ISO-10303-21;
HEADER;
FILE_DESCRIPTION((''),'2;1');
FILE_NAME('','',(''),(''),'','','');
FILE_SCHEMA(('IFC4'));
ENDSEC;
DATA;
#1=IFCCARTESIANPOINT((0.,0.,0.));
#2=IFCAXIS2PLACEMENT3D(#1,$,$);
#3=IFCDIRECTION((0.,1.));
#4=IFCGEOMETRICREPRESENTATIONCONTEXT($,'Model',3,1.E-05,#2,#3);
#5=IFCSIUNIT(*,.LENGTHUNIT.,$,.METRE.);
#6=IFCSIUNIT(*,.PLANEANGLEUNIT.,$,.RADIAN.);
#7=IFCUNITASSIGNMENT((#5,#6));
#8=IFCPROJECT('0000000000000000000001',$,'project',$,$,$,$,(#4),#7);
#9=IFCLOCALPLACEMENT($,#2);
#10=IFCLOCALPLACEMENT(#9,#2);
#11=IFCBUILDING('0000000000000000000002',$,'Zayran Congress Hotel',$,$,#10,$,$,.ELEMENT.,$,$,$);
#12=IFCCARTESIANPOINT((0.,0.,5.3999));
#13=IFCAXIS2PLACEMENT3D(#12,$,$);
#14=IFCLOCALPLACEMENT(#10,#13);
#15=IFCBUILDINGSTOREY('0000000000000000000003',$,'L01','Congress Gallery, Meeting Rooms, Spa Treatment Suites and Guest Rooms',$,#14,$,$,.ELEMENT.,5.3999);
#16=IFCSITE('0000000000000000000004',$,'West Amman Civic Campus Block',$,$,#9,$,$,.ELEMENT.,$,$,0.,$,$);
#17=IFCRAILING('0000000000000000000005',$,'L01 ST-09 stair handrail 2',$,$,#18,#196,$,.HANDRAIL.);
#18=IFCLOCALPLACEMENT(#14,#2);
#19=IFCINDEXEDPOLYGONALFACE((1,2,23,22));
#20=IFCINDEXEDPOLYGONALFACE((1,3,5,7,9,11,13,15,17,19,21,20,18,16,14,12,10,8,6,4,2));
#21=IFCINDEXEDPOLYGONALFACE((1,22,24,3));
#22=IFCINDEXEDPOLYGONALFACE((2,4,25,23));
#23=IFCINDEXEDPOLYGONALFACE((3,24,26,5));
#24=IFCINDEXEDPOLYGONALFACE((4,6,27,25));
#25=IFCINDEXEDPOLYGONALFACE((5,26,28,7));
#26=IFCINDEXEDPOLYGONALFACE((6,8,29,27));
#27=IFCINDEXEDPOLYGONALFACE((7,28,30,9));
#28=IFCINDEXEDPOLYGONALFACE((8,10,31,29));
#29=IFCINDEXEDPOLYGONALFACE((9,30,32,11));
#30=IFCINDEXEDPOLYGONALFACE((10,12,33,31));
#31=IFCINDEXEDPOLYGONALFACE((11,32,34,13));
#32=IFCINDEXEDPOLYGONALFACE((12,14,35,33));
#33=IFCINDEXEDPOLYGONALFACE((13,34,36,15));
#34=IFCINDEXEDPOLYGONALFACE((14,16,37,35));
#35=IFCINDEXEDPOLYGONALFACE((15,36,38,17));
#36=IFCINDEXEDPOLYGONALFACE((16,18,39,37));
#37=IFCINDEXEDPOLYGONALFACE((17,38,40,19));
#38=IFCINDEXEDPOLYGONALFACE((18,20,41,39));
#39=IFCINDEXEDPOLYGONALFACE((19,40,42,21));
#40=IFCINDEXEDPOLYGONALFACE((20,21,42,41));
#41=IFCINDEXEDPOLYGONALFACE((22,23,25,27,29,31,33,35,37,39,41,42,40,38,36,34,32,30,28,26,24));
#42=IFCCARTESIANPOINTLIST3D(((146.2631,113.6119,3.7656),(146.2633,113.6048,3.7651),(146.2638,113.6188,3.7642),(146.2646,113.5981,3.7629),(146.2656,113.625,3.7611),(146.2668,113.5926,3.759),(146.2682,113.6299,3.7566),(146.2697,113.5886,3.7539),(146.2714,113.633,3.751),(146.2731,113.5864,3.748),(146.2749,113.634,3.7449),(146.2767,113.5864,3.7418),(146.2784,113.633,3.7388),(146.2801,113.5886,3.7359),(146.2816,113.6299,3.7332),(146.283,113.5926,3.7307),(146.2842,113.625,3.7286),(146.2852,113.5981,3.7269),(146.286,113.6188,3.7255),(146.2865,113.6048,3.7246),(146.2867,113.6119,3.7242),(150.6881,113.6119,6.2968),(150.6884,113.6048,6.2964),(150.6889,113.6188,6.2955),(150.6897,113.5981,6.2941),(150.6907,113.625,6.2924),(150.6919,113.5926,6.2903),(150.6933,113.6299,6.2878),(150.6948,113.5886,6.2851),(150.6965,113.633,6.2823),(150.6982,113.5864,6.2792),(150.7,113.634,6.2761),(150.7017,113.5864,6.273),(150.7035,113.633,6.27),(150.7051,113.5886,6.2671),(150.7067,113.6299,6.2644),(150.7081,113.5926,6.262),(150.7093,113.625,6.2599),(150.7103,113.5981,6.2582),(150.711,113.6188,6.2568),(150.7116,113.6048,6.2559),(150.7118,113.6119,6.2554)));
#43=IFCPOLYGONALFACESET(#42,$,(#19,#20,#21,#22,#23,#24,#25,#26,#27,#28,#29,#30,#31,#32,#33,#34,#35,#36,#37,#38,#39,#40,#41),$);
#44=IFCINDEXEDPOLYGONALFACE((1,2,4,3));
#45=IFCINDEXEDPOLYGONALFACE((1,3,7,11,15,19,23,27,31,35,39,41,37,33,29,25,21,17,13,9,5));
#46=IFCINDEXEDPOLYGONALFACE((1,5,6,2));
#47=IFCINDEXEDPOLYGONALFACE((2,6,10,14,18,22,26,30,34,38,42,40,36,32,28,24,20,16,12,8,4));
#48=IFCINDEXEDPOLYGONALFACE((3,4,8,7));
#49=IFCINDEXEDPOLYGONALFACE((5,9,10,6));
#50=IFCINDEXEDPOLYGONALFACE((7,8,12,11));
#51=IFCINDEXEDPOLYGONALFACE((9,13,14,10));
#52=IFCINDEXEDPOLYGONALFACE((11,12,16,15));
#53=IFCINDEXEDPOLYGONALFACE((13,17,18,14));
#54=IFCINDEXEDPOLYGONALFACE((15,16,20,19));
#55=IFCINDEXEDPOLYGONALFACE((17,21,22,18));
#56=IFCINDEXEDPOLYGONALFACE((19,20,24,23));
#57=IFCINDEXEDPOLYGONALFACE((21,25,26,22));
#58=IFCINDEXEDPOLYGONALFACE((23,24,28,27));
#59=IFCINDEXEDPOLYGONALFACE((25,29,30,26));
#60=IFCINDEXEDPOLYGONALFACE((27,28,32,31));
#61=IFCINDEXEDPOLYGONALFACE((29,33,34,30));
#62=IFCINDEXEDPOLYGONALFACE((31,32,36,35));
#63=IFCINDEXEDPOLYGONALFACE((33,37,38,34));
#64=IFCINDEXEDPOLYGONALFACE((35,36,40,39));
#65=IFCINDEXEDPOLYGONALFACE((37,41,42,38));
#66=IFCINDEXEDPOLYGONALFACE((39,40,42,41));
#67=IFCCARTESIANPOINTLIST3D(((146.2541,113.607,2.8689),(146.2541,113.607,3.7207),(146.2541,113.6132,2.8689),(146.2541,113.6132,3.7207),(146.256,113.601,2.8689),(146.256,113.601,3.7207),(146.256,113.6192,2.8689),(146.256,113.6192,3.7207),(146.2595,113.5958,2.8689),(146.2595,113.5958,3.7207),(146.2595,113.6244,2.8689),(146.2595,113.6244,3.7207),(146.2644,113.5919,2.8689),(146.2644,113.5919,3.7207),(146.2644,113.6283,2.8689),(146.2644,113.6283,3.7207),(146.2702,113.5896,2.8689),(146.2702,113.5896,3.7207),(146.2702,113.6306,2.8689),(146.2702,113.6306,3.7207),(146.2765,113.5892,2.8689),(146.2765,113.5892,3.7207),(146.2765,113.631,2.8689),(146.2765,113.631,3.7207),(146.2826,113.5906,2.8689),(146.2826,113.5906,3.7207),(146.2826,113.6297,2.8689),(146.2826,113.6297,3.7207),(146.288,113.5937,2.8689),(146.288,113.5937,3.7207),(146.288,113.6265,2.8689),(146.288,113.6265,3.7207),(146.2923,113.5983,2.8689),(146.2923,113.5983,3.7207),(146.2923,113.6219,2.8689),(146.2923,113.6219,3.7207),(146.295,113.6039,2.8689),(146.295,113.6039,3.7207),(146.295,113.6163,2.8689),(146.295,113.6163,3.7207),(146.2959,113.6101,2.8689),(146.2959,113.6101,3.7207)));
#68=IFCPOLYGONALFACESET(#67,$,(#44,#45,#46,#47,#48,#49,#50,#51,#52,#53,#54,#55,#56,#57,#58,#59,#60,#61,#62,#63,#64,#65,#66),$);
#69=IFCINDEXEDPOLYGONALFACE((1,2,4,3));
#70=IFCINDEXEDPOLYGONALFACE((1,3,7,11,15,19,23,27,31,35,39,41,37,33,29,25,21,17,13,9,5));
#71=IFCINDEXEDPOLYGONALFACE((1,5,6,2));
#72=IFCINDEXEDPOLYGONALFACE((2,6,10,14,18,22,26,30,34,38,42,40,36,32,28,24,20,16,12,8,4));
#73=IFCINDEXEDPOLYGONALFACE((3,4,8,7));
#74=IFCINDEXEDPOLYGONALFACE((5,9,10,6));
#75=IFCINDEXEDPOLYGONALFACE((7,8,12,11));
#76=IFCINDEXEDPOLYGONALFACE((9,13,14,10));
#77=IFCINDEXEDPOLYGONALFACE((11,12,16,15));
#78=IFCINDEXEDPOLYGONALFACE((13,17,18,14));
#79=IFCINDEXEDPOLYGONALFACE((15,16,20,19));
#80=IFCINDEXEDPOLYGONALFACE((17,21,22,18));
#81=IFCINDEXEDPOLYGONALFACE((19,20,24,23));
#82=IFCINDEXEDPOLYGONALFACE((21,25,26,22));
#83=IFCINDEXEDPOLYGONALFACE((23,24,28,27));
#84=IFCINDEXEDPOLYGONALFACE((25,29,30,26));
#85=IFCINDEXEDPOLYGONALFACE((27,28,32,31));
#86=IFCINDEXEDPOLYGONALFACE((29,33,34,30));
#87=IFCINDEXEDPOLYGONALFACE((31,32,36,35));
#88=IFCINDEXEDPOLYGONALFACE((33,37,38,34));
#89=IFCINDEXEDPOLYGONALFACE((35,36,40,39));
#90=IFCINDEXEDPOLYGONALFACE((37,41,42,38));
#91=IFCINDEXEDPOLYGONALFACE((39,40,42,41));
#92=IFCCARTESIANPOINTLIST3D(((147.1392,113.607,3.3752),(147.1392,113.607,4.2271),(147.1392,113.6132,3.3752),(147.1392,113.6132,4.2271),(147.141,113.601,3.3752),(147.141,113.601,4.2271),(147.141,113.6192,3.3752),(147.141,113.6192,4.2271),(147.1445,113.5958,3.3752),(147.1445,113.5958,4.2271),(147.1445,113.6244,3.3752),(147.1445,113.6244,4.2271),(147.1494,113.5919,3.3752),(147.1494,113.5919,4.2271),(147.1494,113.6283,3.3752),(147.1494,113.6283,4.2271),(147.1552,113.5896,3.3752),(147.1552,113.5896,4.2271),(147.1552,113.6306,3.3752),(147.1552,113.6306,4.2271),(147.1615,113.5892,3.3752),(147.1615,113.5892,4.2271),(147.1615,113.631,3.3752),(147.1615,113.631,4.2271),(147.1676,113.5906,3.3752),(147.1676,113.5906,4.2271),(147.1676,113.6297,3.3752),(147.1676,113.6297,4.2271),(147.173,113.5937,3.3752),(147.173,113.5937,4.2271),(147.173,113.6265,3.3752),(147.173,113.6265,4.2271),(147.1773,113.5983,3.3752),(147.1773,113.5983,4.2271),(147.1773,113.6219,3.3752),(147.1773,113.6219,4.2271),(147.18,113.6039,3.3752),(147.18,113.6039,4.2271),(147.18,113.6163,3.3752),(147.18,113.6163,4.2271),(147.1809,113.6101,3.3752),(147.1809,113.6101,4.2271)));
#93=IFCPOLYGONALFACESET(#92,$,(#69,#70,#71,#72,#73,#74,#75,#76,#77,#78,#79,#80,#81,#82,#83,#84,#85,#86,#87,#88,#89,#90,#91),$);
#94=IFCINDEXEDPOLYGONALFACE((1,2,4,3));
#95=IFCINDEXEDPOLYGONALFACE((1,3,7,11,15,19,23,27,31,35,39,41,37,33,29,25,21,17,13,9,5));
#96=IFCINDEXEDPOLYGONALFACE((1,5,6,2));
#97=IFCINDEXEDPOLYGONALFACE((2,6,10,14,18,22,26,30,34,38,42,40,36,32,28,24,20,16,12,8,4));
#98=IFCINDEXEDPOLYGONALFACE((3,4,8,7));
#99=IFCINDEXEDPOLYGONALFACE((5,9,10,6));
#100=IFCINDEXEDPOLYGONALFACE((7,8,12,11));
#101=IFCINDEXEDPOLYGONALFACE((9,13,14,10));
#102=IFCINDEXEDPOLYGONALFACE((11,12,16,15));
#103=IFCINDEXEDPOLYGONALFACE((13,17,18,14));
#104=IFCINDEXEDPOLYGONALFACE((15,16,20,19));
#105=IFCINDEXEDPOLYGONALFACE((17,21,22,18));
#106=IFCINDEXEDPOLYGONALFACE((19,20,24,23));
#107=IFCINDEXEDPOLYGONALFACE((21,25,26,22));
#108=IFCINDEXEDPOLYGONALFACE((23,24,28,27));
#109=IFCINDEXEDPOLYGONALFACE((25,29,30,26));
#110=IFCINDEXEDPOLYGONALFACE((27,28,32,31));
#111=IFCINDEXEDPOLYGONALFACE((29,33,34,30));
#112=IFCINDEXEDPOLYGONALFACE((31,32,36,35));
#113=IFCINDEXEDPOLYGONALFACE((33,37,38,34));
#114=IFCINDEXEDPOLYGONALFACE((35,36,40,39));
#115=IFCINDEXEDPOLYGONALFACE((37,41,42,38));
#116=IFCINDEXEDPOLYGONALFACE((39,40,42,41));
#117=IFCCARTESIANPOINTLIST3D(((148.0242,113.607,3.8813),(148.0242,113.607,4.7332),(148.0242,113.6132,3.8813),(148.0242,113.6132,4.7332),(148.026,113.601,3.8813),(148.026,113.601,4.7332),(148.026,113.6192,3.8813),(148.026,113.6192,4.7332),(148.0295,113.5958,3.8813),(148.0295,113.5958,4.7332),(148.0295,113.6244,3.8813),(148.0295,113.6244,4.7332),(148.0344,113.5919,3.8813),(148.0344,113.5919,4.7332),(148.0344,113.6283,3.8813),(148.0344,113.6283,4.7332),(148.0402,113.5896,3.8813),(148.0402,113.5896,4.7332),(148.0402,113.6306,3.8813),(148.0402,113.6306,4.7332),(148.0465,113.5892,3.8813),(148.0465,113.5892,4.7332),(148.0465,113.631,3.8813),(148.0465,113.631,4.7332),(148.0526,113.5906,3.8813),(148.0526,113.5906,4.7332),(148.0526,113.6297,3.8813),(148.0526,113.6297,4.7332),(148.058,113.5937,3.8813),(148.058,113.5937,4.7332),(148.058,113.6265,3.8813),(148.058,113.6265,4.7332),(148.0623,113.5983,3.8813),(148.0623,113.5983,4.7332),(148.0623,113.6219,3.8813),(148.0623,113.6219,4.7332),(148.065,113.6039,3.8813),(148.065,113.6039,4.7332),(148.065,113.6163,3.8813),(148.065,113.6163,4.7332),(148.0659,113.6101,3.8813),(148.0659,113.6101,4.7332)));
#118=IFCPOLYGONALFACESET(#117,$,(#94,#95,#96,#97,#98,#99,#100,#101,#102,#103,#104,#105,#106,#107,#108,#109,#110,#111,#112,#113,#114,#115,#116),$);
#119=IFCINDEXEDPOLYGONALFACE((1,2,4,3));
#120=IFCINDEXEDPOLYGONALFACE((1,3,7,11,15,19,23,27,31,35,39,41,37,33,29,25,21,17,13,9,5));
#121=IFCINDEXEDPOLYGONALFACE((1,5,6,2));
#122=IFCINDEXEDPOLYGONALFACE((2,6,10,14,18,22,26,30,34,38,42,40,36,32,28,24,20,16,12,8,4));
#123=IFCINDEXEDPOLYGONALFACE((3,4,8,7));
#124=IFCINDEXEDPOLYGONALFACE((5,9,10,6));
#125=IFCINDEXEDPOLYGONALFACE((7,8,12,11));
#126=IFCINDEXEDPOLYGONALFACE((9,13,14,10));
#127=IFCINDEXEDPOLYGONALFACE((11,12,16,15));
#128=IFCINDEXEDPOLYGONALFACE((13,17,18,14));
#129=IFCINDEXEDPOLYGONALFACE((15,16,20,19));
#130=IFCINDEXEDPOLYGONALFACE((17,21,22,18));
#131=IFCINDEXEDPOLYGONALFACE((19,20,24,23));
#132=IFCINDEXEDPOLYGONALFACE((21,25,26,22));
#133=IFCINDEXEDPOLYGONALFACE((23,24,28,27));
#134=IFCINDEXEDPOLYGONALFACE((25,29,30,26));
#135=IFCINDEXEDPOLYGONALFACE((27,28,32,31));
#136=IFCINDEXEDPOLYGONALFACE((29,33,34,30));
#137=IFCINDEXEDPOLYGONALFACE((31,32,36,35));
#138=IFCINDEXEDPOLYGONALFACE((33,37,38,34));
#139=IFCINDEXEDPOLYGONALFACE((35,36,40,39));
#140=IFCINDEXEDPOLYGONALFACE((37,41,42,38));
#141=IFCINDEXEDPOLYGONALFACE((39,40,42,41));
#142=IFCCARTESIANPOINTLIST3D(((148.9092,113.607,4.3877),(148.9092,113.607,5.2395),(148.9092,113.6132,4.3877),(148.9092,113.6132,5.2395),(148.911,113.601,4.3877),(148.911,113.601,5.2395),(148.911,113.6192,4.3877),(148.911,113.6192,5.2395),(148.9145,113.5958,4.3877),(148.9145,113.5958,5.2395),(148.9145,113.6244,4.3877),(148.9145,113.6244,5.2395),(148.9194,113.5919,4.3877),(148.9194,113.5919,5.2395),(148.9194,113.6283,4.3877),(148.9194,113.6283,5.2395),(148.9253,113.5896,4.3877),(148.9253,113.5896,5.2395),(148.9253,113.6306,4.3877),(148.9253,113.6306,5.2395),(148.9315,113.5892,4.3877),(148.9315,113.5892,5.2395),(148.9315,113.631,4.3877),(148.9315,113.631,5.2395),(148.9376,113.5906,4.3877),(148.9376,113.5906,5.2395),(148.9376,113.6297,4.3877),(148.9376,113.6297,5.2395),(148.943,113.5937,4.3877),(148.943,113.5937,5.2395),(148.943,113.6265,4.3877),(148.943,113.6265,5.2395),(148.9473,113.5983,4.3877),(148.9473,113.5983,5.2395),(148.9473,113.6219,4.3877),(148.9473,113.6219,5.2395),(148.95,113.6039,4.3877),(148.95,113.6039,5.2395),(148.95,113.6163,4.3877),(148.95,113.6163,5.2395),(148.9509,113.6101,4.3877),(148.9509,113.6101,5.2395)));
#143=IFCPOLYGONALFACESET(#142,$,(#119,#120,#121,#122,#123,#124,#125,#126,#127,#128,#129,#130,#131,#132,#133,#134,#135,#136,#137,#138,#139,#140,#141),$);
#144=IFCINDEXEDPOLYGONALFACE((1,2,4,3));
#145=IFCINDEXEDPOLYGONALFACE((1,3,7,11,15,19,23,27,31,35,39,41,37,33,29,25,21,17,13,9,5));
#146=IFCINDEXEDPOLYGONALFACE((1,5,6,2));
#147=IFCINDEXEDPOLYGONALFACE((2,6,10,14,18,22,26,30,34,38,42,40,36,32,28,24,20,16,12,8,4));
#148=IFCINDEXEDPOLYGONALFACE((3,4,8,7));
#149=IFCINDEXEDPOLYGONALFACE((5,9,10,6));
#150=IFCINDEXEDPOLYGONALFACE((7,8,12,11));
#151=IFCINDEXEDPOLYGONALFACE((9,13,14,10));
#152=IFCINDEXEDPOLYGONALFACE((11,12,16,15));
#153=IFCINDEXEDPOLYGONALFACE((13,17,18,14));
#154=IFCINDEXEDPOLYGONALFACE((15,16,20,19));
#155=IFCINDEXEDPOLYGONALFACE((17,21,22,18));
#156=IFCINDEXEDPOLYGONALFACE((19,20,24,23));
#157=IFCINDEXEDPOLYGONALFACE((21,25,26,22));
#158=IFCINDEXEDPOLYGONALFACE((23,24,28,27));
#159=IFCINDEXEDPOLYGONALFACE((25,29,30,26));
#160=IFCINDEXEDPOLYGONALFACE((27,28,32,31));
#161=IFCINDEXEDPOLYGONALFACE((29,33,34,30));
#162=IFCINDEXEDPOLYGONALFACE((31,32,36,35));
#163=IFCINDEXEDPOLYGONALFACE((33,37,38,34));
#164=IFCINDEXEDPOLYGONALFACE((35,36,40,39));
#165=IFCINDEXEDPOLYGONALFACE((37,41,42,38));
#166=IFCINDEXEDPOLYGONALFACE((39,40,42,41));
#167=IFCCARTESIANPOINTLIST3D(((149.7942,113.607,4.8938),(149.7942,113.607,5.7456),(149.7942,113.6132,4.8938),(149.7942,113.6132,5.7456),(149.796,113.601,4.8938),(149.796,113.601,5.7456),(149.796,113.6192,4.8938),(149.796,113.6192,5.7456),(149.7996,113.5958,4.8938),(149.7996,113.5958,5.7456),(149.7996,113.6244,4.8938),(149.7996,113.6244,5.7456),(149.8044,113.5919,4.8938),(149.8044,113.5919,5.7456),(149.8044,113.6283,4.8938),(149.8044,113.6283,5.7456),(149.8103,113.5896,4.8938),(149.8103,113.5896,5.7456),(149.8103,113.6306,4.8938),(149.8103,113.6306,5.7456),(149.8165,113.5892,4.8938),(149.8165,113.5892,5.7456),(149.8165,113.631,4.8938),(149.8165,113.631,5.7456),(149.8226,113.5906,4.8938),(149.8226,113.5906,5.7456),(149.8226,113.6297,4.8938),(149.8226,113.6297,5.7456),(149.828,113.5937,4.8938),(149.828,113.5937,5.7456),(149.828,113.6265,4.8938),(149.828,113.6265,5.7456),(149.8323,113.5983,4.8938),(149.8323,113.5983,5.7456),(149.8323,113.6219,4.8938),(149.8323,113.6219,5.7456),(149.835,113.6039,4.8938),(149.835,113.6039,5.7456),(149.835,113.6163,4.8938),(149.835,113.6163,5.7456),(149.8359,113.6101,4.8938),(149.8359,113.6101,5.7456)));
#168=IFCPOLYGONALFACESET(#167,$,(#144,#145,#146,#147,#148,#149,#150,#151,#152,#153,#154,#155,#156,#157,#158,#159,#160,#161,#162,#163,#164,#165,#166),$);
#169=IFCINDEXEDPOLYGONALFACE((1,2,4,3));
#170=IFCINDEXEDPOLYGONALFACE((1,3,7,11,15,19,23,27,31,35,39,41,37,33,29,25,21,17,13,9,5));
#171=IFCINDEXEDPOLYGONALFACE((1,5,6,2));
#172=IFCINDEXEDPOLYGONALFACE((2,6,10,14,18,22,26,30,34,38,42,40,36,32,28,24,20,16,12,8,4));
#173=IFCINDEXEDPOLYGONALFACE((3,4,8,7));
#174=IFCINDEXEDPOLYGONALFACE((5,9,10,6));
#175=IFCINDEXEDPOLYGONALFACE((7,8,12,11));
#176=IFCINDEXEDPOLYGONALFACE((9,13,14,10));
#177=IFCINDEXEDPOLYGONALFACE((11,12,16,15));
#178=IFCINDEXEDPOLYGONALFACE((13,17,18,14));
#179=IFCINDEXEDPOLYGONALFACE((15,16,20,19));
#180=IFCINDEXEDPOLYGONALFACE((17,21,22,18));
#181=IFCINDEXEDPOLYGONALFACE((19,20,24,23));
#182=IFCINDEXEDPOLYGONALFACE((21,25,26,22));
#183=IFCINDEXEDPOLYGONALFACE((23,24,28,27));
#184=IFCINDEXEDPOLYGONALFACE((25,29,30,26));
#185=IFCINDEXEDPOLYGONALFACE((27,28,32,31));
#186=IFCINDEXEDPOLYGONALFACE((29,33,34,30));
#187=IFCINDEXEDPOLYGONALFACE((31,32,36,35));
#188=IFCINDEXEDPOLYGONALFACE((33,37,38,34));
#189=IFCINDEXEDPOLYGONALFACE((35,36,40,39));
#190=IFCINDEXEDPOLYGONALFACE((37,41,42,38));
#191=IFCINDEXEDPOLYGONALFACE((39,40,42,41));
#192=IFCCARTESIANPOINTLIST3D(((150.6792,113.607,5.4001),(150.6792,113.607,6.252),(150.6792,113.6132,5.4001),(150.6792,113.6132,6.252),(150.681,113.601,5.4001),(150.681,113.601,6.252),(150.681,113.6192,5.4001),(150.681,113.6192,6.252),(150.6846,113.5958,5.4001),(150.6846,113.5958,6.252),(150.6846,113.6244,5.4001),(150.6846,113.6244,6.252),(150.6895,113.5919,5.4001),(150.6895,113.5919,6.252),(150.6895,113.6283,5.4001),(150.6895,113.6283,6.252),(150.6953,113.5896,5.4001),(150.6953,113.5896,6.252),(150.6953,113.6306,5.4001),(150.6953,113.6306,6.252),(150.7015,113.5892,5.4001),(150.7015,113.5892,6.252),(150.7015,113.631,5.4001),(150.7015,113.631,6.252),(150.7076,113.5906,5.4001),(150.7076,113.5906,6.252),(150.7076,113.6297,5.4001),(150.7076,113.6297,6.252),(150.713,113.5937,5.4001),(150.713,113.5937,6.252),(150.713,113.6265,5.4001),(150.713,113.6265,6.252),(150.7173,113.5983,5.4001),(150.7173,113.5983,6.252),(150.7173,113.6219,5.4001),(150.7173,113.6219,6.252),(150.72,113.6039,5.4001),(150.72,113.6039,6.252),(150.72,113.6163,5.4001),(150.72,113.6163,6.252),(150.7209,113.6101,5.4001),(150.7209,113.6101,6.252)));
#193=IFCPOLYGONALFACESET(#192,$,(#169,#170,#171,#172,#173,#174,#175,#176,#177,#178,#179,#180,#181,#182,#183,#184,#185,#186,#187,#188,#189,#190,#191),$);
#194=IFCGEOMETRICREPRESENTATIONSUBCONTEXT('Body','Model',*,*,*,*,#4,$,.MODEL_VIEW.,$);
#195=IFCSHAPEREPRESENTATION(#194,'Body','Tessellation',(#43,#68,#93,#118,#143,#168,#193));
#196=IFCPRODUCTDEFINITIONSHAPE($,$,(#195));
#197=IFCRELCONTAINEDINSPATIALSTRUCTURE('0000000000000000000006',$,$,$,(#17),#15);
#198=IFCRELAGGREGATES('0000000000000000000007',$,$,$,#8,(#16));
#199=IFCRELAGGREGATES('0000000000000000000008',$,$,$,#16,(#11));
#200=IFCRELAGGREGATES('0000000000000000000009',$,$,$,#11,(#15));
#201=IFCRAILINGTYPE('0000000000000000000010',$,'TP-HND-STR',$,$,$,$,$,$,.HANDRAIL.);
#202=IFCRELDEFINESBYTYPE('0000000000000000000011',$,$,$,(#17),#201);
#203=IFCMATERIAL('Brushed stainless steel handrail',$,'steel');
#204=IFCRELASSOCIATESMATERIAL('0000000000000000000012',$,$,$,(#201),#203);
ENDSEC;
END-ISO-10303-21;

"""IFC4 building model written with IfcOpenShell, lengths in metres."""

from ifc_helpers import new_model, si_unit, direction, frame, origin, origin_2d, place, context, subcontext, project, spatial, circle, extrude, material, type_object, element, save


model = new_model("IFC4")

# Units and contexts
model_context = context("Model", 3, precision=1e-05, world=origin(), true_north=direction((0.0, 1.0)))
body_context = subcontext(model_context, "Body", "Model", "MODEL_VIEW")
ifc_project = project(units=[si_unit("LENGTHUNIT", "METRE"), si_unit("PLANEANGLEUNIT", "RADIAN")], contexts=[model_context])

# Site, building, storey
site_placement = place(None, origin())
site = spatial("IfcSite", under=ifc_project, at=site_placement, Name="West Amman Civic Campus Block", CompositionType="ELEMENT", RefElevation=0.0)
building_placement = place(site_placement, origin())
building = spatial("IfcBuilding", under=site, at=building_placement, Name="Zayran Congress Hotel", CompositionType="ELEMENT")
storey_placement = place(building_placement, frame((0.0, 0.0, 5.3999)))
storey = spatial("IfcBuildingStorey", under=building, at=storey_placement, Name="L01", Description="Congress Gallery, Meeting Rooms, Spa Treatment Suites and Guest Rooms", CompositionType="ELEMENT", Elevation=5.3999)

# Railing
ifc_material_1 = material(Name="Brushed stainless steel handrail", Category="steel")
railing_type_1 = type_object("IfcRailingType", Name="TP-HND-STR", PredefinedType="HANDRAIL", material=ifc_material_1)
railing_1_placement = place(storey_placement, frame((146.2749, 113.6101, 2.8689)))
element("IfcRailing", 1, at=railing_1_placement, inside=storey, type_object=railing_type_1, Name="L01 ST-09 stair handrail 2", PredefinedType="HANDRAIL", context=body_context, shape_type="SweptSolid", body=[
    extrude(circle(Radius=0.0239, at=origin_2d()), frame((0.0, 0.0, 0.876), z_axis=(0.868019, 0.0, 0.496531), x_axis=(0.0, 1.0, 0.0)), (0.0, 0.0, 1.0), 5.0979),
    extrude(circle(Radius=0.021, at=origin_2d()), origin(), (0.0, 0.0, 1.0), 0.8518),
    extrude(circle(Radius=0.021, at=origin_2d()), frame((0.885, 0.0, 0.5063)), (0.0, 0.0, 1.0), 0.8518),
    extrude(circle(Radius=0.021, at=origin_2d()), frame((1.77, 0.0, 1.0125)), (0.0, 0.0, 1.0), 0.8518),
    extrude(circle(Radius=0.021, at=origin_2d()), frame((2.655, 0.0, 1.5188)), (0.0, 0.0, 1.0), 0.8518),
    extrude(circle(Radius=0.021, at=origin_2d()), frame((3.54, 0.0, 2.0249)), (0.0, 0.0, 1.0), 0.8518),
    extrude(circle(Radius=0.021, at=origin_2d()), frame((4.425, 0.0, 2.5312)), (0.0, 0.0, 1.0), 0.8518),
])

save(model, "model.ifc")
